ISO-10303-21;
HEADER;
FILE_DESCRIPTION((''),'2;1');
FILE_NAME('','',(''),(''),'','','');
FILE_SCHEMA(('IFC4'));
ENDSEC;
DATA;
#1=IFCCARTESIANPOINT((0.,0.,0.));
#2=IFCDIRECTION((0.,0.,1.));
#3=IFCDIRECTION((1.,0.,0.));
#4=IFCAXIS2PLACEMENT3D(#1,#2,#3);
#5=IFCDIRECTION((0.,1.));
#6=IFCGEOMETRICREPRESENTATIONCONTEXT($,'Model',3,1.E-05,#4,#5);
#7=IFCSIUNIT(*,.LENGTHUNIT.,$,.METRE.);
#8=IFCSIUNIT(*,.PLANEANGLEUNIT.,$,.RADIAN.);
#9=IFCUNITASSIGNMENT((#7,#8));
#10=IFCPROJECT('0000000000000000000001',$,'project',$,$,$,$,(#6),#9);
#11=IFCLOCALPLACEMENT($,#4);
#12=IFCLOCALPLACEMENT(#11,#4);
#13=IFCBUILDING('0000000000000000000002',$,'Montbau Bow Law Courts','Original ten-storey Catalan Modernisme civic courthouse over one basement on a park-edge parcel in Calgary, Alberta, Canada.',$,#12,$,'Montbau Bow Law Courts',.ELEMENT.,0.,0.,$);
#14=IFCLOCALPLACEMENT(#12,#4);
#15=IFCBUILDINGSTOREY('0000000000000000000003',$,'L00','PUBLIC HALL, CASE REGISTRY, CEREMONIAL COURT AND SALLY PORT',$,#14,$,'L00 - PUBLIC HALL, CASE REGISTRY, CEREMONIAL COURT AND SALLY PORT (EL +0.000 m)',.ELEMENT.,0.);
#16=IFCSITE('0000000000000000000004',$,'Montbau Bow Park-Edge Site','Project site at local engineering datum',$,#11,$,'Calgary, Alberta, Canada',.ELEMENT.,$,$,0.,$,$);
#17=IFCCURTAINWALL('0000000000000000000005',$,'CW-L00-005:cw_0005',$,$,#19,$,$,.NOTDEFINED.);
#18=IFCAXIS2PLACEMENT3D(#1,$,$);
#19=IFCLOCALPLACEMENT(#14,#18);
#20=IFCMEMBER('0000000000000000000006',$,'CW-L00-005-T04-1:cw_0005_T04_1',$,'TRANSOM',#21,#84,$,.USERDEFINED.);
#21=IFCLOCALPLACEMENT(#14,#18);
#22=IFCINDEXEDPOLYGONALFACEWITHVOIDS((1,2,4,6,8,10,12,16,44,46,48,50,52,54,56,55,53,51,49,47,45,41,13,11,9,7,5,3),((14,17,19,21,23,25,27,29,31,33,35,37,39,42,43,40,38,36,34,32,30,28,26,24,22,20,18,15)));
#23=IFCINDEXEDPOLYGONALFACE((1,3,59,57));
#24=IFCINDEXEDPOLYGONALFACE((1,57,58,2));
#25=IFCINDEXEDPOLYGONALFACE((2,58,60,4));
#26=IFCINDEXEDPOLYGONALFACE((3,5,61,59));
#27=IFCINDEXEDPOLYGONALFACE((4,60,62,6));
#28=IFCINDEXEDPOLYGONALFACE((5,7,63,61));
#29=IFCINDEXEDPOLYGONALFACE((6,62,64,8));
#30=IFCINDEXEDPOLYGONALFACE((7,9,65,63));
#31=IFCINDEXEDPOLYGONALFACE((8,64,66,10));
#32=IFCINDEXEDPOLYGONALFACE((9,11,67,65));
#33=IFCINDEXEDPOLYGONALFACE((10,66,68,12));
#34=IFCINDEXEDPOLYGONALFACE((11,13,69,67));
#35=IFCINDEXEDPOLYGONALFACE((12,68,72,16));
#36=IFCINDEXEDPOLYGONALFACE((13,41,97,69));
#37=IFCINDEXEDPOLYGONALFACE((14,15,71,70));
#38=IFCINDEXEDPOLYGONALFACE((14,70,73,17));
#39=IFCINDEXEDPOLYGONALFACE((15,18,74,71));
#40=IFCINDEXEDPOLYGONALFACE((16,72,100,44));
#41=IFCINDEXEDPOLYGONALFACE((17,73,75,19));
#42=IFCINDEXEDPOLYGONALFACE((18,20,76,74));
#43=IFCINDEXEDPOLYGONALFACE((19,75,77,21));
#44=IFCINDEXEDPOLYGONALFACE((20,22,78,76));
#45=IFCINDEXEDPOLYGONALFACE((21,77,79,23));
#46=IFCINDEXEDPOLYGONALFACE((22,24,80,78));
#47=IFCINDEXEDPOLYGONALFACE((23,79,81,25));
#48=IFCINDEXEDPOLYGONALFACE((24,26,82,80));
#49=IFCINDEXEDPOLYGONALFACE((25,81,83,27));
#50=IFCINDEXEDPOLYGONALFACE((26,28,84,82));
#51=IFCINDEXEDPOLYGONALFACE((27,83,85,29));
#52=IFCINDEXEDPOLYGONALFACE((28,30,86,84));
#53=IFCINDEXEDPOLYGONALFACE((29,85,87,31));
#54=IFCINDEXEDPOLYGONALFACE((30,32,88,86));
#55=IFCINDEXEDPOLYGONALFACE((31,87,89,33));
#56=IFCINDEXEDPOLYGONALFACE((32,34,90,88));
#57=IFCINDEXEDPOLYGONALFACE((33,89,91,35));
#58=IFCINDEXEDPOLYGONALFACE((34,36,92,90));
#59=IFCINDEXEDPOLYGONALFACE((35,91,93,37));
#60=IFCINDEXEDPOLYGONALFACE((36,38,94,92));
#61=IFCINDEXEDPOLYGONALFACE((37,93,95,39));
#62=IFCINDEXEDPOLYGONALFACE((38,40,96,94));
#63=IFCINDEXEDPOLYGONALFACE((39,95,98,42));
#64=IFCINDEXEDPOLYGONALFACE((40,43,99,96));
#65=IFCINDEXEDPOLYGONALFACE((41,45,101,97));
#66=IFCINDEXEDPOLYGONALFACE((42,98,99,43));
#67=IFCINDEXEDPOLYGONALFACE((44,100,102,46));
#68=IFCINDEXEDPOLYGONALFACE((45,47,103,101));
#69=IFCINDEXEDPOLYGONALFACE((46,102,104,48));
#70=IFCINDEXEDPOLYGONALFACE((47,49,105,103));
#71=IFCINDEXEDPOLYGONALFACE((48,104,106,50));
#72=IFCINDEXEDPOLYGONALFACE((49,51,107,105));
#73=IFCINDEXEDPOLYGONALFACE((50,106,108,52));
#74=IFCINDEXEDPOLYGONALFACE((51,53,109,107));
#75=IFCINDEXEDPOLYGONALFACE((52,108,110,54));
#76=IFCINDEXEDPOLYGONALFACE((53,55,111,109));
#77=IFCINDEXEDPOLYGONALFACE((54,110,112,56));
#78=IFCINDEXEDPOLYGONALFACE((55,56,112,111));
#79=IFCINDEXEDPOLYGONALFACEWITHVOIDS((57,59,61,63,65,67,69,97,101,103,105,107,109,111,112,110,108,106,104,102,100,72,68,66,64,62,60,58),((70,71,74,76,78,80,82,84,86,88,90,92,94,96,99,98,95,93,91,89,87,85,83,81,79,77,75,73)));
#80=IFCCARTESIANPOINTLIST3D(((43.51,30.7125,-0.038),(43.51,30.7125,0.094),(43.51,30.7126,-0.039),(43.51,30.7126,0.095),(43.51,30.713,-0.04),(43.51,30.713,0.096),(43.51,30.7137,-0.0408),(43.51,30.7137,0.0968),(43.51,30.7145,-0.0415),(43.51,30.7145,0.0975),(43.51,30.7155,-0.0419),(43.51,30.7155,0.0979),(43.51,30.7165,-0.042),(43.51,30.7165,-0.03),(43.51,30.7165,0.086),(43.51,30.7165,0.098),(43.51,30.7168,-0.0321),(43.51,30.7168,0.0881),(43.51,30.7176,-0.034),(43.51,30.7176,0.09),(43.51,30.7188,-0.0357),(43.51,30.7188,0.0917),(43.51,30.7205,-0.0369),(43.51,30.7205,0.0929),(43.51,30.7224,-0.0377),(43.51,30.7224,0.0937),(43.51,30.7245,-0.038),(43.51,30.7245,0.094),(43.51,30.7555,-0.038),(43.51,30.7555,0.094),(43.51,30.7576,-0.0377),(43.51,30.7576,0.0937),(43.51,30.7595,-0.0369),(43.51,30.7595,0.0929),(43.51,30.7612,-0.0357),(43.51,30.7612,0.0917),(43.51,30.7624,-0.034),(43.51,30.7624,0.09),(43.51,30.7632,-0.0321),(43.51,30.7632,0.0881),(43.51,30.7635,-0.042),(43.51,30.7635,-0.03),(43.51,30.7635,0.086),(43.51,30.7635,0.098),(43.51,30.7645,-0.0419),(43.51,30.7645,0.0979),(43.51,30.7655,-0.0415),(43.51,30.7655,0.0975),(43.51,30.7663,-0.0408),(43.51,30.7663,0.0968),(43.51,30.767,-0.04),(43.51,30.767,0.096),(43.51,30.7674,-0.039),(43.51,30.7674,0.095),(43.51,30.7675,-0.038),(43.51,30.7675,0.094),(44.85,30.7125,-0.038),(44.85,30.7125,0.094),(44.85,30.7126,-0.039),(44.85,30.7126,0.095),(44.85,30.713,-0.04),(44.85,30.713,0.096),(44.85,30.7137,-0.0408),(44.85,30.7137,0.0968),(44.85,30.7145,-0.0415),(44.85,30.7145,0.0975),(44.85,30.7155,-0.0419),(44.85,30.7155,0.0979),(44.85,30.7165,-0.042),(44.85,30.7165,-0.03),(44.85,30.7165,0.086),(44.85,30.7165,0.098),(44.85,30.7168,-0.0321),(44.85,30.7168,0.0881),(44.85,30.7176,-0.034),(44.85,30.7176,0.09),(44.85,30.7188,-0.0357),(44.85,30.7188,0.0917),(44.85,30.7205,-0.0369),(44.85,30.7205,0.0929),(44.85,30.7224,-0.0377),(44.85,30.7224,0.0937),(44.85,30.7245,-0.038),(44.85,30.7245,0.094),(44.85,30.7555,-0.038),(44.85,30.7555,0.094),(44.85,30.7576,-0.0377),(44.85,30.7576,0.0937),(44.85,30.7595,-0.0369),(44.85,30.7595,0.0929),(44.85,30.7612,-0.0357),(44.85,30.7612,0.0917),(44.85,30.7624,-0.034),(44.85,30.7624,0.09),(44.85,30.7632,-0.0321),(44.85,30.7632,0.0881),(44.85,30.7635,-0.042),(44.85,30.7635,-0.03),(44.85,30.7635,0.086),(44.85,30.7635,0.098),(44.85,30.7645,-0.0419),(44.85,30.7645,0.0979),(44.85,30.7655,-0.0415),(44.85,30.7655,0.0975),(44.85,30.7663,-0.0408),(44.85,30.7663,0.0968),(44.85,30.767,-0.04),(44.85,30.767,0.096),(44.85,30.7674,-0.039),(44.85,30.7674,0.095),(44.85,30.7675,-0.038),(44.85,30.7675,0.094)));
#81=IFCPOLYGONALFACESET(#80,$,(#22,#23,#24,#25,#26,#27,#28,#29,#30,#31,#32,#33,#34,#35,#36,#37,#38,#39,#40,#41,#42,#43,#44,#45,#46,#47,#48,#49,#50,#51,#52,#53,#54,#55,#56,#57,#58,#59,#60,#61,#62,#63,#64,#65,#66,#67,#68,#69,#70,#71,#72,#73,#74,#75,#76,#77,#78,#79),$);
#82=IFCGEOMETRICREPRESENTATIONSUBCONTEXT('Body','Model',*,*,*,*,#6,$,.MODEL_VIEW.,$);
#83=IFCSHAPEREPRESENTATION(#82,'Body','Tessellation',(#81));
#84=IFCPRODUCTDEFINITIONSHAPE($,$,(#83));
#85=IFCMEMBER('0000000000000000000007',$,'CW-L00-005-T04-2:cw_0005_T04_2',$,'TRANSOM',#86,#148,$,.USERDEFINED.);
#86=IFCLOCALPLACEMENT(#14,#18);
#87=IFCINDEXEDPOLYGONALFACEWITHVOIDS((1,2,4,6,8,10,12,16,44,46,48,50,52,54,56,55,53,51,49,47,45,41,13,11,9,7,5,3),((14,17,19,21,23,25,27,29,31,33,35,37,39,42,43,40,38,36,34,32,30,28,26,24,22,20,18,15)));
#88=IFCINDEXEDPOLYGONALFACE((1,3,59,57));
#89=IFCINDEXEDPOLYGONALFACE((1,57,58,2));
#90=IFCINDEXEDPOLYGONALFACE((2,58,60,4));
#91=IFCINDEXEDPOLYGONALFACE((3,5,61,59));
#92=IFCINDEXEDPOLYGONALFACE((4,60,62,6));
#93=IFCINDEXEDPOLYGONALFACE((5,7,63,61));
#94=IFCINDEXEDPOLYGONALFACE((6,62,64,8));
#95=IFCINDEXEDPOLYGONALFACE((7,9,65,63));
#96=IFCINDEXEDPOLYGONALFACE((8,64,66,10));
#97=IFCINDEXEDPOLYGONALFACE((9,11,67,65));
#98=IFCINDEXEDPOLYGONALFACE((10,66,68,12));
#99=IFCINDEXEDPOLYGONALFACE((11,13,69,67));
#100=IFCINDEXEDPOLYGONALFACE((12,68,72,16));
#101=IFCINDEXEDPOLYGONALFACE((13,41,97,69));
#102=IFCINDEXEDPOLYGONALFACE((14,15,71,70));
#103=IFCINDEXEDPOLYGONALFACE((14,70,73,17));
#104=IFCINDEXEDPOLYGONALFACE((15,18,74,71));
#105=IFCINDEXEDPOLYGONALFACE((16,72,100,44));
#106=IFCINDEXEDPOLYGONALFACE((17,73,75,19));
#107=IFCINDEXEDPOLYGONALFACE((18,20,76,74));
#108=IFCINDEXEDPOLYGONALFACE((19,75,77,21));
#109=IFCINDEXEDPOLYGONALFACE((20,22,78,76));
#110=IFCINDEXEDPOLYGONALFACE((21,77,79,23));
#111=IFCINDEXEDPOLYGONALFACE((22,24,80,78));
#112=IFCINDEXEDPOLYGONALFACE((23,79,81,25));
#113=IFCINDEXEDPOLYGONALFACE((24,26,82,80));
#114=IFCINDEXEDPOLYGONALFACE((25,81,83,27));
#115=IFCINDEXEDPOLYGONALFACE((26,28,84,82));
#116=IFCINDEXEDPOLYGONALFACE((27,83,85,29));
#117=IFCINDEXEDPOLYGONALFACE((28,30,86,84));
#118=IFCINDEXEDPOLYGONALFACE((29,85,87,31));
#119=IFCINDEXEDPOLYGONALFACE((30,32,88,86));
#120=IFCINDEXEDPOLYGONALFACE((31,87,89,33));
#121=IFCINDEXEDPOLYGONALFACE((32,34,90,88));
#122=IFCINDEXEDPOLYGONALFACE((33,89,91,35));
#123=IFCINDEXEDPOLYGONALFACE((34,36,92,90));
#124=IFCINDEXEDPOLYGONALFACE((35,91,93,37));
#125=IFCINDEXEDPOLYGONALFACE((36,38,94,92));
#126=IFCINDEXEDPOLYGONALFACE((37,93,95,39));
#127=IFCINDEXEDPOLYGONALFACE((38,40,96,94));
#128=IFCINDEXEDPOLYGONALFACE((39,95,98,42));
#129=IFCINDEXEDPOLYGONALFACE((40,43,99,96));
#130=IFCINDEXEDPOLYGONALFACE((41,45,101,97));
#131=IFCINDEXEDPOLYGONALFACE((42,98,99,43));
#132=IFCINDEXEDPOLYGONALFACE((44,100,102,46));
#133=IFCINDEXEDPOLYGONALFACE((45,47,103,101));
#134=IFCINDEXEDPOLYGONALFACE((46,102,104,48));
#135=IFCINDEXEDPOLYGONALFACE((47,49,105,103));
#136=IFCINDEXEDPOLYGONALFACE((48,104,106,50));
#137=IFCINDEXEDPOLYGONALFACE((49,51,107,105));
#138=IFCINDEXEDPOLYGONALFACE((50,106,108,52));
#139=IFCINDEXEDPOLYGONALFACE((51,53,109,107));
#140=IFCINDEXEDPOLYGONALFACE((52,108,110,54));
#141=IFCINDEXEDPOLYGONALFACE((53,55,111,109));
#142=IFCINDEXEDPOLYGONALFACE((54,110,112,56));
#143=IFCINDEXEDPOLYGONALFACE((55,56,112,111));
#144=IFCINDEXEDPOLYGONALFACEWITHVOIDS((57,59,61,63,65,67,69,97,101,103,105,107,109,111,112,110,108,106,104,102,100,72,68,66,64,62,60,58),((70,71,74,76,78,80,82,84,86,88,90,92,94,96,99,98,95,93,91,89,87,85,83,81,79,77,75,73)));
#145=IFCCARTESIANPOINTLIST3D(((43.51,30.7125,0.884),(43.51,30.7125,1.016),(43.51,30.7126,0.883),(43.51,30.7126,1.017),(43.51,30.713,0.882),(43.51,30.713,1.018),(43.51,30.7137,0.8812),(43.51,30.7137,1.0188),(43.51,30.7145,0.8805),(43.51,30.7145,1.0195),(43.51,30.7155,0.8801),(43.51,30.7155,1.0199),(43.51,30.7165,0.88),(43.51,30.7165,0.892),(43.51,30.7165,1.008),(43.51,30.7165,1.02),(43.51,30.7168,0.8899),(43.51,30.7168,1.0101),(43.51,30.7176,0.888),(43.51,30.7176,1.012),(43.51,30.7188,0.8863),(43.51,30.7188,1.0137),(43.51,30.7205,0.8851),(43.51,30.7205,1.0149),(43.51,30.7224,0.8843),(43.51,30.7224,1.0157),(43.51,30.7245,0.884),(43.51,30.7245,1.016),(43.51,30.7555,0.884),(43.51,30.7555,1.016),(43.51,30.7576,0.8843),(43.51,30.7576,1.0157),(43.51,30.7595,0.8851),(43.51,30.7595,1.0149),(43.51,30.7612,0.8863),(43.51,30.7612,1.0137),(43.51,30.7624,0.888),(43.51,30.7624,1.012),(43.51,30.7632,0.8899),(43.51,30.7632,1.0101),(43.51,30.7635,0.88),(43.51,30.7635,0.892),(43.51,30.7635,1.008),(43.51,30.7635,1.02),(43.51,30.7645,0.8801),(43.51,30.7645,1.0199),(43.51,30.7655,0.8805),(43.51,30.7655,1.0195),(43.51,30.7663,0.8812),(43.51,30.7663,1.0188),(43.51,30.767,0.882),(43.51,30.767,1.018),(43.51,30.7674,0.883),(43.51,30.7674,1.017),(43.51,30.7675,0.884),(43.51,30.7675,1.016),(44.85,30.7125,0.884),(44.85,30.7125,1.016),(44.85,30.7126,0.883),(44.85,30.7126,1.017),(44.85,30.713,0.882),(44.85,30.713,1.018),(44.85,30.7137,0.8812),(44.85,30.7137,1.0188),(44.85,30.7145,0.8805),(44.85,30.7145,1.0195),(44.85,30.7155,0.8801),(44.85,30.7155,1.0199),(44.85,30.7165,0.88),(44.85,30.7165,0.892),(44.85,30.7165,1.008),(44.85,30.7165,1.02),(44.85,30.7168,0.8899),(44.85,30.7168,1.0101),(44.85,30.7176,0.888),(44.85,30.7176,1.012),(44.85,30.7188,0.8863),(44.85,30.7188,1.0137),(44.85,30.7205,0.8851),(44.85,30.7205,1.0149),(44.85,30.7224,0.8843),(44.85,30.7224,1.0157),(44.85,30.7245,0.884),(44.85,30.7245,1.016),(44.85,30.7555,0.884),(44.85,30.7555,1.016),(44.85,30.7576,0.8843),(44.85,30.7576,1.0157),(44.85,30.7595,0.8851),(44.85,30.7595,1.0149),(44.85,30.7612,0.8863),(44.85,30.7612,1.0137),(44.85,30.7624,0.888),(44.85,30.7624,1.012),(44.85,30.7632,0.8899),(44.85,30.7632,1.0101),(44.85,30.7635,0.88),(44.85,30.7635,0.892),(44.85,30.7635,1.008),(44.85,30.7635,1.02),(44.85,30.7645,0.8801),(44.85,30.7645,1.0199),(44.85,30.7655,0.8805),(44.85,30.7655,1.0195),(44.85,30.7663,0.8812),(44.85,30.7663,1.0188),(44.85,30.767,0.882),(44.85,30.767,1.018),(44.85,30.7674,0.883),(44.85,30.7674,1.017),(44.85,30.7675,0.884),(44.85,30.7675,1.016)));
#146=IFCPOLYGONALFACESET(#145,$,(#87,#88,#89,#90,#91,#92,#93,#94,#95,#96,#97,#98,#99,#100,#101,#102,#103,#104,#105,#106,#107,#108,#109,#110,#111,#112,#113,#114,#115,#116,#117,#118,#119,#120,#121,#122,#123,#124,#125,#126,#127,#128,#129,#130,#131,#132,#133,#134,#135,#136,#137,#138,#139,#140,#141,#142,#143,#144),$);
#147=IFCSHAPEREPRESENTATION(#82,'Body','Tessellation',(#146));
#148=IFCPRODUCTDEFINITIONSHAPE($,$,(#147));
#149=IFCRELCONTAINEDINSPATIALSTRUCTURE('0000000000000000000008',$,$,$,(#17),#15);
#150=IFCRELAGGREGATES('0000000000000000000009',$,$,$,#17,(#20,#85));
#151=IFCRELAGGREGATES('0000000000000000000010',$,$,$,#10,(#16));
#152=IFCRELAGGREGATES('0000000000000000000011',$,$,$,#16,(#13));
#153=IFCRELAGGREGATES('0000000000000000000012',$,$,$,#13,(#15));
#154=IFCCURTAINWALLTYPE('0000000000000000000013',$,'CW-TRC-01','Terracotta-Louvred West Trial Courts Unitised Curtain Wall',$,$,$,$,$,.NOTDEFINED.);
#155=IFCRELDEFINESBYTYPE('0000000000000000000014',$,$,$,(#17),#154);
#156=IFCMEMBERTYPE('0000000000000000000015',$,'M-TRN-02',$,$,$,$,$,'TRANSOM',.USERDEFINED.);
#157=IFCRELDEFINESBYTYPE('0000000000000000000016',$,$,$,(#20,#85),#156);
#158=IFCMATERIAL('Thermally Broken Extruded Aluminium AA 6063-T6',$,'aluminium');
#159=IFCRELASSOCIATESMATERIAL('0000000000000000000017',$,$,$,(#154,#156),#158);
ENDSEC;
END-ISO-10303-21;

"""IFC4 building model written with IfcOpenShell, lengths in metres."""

from ifc_helpers import new_model, si_unit, direction, frame, origin_with_axes, origin_2d_with_axis, place, context, subcontext, project, spatial, hollow_rectangle, extrude, material, material_profile, profile_set, type_object, element, aggregate, save


model = new_model("IFC4")

# Units and contexts
model_context = context("Model", 3, precision=1e-05, world=origin_with_axes(), true_north=direction((0.0, 1.0)))
body_context = subcontext(model_context, "Body", "Model", "MODEL_VIEW")
ifc_project = project(units=[si_unit("LENGTHUNIT", "METRE"), si_unit("PLANEANGLEUNIT", "RADIAN")], contexts=[model_context])

# Site, building, storey
site_placement = place(None, origin_with_axes())
site = spatial("IfcSite", under=ifc_project, at=site_placement, Name="Montbau Bow Park-Edge Site", Description="Project site at local engineering datum", LongName="Calgary, Alberta, Canada", CompositionType="ELEMENT", RefElevation=0.0)
building_placement = place(site_placement, origin_with_axes())
building = spatial("IfcBuilding", under=site, at=building_placement, Name="Montbau Bow Law Courts", Description="Original ten-storey Catalan Modernisme civic courthouse over one basement on a park-edge parcel in Calgary, Alberta, Canada.", LongName="Montbau Bow Law Courts", CompositionType="ELEMENT", ElevationOfRefHeight=0.0, ElevationOfTerrain=0.0)
storey_placement = place(building_placement, origin_with_axes())
storey = spatial("IfcBuildingStorey", under=building, at=storey_placement, Name="L00", Description="PUBLIC HALL, CASE REGISTRY, CEREMONIAL COURT AND SALLY PORT", LongName="L00 - PUBLIC HALL, CASE REGISTRY, CEREMONIAL COURT AND SALLY PORT (EL +0.000 m)", CompositionType="ELEMENT", Elevation=0.0)

# Curtain wall, members
ifc_material_1 = material(Name="Thermally Broken Extruded Aluminium AA 6063-T6", Category="aluminium")
curtain_wall_type = type_object("IfcCurtainWallType", Name="CW-TRC-01", Description="Terracotta-Louvred West Trial Courts Unitised Curtain Wall", PredefinedType="NOTDEFINED", material=ifc_material_1)
curtain_wall_placement = place(None, frame((39.268, 30.74, 0.0), z_axis=(0.0, 0.0, 1.0), x_axis=(1.0, 0.0, 0.0)))
curtain_wall = element("IfcCurtainWall", 1, at=curtain_wall_placement, inside=storey, type_object=curtain_wall_type, Name="CW-L00-005:cw_0005", PredefinedType="NOTDEFINED")
ifc_material_profile_1 = material_profile(ifc_material_1, hollow_rectangle(XDim=0.055, YDim=0.14, WallThickness=0.004, InnerFilletRadius=0.008, OuterFilletRadius=0.004, at=origin_2d_with_axis()), Name="CWT-140X55", Category="Main", Priority=0)
ifc_profile_set_1 = profile_set([ifc_material_profile_1], Name="Thermally Broken Extruded Aluminium AA 6063-T6")
member_type_1 = type_object("IfcMemberType", Name="M-TRN-02", ElementType="TRANSOM", PredefinedType="USERDEFINED", material=ifc_profile_set_1)
member_1_placement = place(None, frame((43.51, 30.74, 0.028), z_axis=(1.0, 0.0, 0.0), x_axis=(0.0, 1.0, 0.0)))
member_1 = element("IfcMember", 2, at=member_1_placement, type_object=member_type_1, Name="CW-L00-005-T04-1:cw_0005_T04_1", ObjectType="TRANSOM", PredefinedType="USERDEFINED", context=body_context, shape_type="SweptSolid", body=[
    extrude(hollow_rectangle(XDim=0.055, YDim=0.14, WallThickness=0.004, InnerFilletRadius=0.008, OuterFilletRadius=0.004, at=origin_2d_with_axis()), origin_with_axes(), (0.0, 0.0, 1.0), 1.34),
])
member_2_placement = place(None, frame((43.51, 30.74, 0.95), z_axis=(1.0, 0.0, 0.0), x_axis=(0.0, 1.0, 0.0)))
member_2 = element("IfcMember", 3, at=member_2_placement, type_object=member_type_1, Name="CW-L00-005-T04-2:cw_0005_T04_2", ObjectType="TRANSOM", PredefinedType="USERDEFINED", context=body_context, shape_type="SweptSolid", body=[
    extrude(hollow_rectangle(XDim=0.055, YDim=0.14, WallThickness=0.004, InnerFilletRadius=0.008, OuterFilletRadius=0.004, at=origin_2d_with_axis()), origin_with_axes(), (0.0, 0.0, 1.0), 1.34),
])
aggregate(curtain_wall, [member_1, member_2])

save(model, "model.ifc")
